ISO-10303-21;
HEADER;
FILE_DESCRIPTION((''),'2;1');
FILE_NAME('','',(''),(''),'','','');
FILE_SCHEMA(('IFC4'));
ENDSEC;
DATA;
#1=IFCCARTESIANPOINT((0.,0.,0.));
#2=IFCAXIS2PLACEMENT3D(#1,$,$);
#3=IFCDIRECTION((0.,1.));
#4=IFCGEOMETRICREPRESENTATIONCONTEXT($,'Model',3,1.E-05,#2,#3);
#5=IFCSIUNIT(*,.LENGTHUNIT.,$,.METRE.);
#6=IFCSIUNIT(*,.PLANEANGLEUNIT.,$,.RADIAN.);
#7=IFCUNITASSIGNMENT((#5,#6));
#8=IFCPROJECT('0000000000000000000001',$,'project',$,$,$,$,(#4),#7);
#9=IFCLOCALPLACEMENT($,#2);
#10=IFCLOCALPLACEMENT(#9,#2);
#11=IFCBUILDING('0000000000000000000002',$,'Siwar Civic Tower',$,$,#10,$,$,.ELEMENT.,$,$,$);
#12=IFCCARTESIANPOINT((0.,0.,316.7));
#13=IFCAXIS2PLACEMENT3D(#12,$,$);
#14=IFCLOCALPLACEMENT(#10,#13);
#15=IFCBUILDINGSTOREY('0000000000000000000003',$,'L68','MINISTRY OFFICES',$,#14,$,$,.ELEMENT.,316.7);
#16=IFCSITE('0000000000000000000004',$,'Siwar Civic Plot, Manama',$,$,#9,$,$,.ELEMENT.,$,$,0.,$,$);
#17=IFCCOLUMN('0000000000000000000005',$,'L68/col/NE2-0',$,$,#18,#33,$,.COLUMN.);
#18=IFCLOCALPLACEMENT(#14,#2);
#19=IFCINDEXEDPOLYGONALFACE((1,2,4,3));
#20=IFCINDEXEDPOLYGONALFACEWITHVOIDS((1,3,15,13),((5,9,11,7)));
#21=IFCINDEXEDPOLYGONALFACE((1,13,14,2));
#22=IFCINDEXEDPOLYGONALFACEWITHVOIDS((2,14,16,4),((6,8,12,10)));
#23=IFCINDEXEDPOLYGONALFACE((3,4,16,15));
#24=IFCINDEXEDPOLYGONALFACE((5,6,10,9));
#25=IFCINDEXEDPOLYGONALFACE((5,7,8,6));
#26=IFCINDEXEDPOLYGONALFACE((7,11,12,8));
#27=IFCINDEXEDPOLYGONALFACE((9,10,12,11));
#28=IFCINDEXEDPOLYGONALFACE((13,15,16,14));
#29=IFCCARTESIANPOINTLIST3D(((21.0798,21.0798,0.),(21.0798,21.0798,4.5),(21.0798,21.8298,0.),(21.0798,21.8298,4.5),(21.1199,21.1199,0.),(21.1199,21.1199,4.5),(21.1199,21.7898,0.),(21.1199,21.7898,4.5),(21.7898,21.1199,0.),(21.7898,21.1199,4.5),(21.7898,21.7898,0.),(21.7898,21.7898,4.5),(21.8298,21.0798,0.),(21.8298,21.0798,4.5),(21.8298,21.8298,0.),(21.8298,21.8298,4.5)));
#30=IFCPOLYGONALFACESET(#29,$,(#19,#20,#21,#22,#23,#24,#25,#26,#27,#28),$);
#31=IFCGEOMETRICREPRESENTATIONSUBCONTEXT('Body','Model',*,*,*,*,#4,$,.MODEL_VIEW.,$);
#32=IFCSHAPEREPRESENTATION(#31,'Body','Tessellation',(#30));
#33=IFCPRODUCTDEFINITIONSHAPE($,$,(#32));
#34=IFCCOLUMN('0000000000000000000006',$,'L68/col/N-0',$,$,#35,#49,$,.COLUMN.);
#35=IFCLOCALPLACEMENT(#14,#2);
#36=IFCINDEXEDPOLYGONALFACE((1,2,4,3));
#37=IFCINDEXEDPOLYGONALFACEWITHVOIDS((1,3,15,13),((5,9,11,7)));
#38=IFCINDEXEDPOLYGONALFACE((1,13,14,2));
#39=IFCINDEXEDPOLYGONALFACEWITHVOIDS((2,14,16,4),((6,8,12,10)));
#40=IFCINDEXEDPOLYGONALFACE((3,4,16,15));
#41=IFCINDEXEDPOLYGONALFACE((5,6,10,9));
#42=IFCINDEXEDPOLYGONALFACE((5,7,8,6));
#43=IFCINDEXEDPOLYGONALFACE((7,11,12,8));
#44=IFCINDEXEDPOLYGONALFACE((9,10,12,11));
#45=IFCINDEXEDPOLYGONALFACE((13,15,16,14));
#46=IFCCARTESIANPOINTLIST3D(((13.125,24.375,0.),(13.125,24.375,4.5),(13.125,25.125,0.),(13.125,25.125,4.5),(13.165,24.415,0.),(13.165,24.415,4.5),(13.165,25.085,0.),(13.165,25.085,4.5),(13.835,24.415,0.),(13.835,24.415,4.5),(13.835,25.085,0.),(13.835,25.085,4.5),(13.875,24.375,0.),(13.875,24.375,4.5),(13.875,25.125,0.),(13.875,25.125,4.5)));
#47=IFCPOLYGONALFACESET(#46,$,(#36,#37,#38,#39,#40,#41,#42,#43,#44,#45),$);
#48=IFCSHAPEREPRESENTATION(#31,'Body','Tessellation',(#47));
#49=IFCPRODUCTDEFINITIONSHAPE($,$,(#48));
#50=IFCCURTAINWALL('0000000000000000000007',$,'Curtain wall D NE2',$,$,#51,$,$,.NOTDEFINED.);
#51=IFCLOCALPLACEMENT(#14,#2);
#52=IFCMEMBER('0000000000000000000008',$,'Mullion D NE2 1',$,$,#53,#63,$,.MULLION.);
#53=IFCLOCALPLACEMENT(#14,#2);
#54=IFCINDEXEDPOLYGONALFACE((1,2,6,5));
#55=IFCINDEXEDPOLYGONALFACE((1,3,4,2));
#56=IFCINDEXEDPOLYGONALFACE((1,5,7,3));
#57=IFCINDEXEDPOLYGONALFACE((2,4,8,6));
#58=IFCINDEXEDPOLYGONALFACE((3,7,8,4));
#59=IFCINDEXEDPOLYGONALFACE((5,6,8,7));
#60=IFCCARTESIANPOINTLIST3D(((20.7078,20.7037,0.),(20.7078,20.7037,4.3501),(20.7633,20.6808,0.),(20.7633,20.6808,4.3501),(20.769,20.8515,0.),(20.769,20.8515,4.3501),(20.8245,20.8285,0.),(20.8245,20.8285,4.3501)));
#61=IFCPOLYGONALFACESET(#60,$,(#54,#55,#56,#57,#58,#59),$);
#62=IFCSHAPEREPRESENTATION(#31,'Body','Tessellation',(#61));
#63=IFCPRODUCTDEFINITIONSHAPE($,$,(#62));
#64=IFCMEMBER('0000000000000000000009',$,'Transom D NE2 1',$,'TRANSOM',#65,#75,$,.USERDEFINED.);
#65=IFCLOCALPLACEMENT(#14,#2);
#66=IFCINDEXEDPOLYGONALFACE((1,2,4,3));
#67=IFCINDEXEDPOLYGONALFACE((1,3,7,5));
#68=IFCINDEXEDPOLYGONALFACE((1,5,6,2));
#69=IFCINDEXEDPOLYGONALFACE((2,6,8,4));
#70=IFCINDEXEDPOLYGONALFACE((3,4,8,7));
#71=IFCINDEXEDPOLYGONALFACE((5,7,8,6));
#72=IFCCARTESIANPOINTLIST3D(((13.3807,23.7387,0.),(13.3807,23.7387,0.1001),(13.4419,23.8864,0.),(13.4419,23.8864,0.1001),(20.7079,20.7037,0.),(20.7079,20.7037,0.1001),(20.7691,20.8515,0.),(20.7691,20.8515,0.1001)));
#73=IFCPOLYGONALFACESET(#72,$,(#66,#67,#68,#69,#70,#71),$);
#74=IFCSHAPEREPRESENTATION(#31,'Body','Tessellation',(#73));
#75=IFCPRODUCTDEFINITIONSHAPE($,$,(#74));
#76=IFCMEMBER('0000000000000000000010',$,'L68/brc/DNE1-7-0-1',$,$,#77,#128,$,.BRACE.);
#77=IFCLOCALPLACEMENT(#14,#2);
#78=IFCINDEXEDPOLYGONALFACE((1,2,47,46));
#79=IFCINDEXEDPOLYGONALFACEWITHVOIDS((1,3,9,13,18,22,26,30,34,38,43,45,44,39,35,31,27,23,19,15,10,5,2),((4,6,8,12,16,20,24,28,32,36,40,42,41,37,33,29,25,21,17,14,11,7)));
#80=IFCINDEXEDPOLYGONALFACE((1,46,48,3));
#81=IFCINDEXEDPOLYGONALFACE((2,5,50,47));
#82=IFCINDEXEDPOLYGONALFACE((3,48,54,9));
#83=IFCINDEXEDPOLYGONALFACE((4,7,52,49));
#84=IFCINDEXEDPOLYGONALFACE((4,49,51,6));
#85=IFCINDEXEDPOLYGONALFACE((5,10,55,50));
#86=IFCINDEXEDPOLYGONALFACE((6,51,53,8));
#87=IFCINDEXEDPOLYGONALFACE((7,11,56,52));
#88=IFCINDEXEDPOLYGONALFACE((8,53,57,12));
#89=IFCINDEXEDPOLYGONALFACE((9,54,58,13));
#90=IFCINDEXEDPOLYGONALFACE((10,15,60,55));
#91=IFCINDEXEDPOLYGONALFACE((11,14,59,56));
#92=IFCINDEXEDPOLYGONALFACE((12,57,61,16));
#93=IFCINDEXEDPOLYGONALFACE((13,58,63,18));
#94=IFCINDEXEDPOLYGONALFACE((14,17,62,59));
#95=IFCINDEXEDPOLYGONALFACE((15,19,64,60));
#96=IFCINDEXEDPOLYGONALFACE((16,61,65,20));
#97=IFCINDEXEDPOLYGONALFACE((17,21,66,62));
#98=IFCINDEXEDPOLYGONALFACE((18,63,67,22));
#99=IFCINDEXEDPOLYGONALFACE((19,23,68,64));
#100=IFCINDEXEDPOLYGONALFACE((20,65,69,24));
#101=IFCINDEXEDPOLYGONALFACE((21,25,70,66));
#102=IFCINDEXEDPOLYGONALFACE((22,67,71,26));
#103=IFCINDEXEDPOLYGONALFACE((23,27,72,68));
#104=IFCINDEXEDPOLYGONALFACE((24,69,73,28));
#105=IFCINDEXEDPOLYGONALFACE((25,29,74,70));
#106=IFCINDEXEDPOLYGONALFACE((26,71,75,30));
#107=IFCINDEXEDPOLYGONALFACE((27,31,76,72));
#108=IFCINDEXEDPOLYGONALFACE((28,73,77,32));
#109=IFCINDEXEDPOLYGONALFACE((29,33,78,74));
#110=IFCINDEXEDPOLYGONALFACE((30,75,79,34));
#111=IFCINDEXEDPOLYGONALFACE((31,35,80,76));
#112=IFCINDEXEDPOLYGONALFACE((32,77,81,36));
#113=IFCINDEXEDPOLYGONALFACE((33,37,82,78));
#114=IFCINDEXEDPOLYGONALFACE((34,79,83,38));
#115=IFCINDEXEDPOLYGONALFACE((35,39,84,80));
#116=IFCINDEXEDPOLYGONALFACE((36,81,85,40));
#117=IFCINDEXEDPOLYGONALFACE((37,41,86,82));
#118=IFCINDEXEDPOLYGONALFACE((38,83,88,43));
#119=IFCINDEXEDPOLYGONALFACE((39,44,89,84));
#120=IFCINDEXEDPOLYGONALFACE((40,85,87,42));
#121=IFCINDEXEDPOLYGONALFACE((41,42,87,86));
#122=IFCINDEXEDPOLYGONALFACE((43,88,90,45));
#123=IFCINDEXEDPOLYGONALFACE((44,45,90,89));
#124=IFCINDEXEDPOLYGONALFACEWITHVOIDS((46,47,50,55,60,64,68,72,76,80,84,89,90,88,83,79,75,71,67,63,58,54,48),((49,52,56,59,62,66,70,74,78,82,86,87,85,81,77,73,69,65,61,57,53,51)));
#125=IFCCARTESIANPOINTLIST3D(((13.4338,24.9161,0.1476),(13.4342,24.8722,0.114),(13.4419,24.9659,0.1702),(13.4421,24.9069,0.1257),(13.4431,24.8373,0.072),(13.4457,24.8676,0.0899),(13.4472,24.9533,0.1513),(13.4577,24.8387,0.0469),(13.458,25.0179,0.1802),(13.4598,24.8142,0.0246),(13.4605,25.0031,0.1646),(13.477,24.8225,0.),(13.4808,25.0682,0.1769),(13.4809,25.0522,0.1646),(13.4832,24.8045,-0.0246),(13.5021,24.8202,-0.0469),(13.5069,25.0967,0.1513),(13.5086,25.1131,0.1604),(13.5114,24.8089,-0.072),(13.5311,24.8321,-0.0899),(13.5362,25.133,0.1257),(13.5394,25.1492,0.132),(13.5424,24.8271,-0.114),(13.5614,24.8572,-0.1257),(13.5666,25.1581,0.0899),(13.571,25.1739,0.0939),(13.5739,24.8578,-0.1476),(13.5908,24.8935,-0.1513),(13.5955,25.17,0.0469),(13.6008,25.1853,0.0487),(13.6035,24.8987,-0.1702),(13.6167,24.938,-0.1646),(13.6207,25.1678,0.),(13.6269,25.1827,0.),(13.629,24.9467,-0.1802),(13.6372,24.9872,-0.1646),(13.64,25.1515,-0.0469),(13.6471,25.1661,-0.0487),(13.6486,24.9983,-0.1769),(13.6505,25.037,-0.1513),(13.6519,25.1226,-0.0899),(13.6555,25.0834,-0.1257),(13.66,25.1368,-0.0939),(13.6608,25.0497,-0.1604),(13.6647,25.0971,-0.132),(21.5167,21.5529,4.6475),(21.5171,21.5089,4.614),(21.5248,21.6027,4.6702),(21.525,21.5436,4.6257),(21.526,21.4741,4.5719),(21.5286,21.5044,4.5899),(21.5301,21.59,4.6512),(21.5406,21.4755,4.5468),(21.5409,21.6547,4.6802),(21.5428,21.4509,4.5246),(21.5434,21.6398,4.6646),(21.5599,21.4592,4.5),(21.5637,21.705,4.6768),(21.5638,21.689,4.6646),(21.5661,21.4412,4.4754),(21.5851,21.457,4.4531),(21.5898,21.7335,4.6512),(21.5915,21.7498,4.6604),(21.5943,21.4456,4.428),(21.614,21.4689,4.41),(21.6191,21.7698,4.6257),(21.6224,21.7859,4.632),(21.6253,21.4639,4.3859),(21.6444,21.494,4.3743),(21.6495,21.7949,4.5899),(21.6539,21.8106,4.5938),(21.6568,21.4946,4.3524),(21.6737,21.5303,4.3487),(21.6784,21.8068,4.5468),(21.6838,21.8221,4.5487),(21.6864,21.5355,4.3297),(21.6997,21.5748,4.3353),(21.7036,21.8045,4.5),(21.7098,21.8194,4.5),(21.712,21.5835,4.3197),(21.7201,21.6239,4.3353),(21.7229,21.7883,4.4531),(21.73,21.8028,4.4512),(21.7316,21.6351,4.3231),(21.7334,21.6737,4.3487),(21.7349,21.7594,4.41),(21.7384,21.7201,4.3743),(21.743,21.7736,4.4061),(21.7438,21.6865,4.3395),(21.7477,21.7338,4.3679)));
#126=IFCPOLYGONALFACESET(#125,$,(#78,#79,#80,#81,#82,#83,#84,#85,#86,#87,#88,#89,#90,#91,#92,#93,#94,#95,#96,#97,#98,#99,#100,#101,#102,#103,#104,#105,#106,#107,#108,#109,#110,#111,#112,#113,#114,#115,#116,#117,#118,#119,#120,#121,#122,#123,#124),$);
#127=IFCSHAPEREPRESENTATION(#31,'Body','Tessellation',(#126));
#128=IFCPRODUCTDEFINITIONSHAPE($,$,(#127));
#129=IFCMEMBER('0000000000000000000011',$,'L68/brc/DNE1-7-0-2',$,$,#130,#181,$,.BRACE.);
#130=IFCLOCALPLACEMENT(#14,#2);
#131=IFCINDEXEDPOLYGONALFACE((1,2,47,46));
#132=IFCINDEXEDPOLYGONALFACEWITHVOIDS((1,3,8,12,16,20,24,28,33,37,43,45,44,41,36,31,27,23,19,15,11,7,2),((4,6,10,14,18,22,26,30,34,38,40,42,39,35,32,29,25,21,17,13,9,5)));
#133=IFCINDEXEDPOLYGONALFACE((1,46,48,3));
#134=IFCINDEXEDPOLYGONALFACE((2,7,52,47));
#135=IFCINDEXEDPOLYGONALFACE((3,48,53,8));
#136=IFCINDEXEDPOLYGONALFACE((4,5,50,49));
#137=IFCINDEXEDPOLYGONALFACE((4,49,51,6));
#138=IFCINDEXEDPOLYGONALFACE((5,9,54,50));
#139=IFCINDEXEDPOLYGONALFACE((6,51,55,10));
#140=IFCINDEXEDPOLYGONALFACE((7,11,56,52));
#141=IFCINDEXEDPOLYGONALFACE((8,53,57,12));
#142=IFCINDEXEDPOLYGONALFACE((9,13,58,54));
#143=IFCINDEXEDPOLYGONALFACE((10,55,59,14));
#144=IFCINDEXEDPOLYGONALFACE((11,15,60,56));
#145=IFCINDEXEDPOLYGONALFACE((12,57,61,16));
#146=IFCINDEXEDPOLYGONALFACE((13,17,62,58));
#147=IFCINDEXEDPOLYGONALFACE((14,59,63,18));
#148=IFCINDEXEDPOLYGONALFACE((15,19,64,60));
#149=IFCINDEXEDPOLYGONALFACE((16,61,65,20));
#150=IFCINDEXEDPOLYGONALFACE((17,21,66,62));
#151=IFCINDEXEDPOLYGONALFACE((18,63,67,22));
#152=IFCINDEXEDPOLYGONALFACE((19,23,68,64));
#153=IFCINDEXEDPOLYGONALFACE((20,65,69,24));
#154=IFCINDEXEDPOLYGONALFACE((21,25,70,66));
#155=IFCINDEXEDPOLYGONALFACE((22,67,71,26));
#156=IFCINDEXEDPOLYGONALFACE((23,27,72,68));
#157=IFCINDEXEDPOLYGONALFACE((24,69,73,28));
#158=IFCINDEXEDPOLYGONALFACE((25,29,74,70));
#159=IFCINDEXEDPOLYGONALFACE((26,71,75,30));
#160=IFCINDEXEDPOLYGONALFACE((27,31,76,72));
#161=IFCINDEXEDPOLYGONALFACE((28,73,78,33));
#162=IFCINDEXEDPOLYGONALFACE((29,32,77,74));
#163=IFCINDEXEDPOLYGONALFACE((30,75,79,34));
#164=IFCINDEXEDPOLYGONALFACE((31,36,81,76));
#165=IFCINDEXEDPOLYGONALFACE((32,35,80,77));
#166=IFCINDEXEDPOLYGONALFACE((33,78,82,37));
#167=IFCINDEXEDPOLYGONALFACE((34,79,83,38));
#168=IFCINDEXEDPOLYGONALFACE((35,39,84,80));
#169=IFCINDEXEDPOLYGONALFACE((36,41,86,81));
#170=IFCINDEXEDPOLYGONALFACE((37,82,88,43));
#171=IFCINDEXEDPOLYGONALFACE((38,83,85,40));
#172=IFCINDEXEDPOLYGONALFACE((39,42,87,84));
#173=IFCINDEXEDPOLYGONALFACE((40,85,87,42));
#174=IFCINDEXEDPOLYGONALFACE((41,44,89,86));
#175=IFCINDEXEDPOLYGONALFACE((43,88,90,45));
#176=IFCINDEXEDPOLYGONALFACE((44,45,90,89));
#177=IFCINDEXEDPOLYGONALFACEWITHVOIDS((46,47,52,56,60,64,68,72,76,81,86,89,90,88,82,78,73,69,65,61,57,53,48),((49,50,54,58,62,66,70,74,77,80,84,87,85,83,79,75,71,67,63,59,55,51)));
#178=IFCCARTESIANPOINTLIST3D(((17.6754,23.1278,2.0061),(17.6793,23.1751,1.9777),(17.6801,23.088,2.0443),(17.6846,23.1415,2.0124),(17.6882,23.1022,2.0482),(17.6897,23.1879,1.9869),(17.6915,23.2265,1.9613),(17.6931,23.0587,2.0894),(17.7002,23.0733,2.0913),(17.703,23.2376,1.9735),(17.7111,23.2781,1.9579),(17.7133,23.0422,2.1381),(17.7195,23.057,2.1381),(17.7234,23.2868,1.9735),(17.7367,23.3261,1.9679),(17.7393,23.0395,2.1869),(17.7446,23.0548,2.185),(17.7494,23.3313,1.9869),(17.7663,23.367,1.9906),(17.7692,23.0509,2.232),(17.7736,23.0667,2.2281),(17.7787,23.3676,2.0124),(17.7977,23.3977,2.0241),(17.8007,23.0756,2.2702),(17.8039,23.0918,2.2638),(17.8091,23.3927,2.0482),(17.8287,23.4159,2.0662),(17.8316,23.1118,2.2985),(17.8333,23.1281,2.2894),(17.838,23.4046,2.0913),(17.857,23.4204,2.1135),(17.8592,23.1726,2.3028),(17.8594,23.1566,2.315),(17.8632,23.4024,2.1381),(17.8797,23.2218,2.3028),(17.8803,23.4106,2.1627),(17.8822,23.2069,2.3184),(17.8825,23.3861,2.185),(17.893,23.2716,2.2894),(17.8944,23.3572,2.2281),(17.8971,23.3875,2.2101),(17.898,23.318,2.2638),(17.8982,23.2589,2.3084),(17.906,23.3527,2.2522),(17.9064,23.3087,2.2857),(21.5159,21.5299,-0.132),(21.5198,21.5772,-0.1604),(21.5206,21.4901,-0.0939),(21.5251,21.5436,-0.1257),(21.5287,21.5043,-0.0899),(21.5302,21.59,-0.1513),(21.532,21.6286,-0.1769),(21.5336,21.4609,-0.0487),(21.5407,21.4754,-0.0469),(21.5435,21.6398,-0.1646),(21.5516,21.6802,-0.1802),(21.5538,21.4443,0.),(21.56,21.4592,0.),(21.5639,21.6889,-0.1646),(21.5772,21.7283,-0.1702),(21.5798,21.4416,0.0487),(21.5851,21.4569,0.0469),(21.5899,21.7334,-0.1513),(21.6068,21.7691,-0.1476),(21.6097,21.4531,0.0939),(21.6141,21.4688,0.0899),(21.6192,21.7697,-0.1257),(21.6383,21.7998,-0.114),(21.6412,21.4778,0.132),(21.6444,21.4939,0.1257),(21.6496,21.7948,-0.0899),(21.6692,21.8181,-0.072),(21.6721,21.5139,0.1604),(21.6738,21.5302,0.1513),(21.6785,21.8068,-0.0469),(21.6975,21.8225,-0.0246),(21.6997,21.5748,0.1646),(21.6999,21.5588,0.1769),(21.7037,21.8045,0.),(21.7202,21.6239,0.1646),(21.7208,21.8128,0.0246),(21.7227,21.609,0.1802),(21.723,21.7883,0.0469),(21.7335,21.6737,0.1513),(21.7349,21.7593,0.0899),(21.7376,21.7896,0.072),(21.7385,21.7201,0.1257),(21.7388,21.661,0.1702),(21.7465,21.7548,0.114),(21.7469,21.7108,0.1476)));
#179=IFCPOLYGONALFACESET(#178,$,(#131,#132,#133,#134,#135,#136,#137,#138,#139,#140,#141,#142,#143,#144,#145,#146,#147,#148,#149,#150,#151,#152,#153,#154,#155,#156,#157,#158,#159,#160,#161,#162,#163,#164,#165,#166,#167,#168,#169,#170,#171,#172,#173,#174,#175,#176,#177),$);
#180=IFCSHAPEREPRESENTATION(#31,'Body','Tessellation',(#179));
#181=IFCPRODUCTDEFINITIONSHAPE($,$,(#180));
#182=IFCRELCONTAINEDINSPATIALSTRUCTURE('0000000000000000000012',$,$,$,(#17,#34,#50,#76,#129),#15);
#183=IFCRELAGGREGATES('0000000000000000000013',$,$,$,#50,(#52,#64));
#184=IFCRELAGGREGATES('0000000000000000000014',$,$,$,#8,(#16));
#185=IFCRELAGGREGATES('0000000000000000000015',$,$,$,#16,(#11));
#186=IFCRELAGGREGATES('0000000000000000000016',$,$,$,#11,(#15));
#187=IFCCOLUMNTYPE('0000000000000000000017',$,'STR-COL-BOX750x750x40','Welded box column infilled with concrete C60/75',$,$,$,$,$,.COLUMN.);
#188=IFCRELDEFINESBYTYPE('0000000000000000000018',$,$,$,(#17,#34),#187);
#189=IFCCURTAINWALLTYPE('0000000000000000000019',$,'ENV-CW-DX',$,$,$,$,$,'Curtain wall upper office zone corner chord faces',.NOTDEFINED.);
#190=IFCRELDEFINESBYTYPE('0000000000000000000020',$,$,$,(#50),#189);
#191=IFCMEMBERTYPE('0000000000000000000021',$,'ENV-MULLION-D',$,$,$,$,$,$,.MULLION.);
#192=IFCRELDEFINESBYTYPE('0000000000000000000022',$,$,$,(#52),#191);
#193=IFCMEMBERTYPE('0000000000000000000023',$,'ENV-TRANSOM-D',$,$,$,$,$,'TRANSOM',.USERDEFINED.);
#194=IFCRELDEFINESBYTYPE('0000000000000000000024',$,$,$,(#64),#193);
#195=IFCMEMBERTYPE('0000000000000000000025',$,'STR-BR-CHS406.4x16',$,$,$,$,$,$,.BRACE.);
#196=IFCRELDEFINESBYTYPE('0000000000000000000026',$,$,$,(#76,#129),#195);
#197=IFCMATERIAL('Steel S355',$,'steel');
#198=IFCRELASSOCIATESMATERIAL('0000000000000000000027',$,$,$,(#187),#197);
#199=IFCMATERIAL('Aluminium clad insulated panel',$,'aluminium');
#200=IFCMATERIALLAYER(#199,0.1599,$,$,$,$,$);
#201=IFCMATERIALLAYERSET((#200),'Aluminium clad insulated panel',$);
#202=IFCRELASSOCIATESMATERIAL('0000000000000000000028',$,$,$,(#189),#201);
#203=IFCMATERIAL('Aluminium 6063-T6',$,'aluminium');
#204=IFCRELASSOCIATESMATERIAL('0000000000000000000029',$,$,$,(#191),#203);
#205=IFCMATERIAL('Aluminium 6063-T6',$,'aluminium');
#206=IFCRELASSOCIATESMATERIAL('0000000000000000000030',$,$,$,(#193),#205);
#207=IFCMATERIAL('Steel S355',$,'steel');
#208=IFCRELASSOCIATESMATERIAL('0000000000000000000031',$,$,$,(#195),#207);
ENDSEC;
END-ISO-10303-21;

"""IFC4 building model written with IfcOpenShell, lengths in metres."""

from ifc_helpers import new_model, si_unit, direction, frame, origin, origin_2d, place, context, subcontext, project, spatial, rectangle, hollow_rectangle, hollow_circle, extrude, material, layer, layer_set, material_profile, profile_set, type_object, element, aggregate, save


model = new_model("IFC4")

# Units and contexts
model_context = context("Model", 3, precision=1e-05, world=origin(), true_north=direction((0.0, 1.0)))
body_context = subcontext(model_context, "Body", "Model", "MODEL_VIEW")
ifc_project = project(units=[si_unit("LENGTHUNIT", "METRE"), si_unit("PLANEANGLEUNIT", "RADIAN")], contexts=[model_context])

# Site, building, storey
site_placement = place(None, origin())
site = spatial("IfcSite", under=ifc_project, at=site_placement, Name="Siwar Civic Plot, Manama", CompositionType="ELEMENT", RefElevation=0.0)
building_placement = place(site_placement, origin())
building = spatial("IfcBuilding", under=site, at=building_placement, Name="Siwar Civic Tower", CompositionType="ELEMENT")
storey_placement = place(building_placement, frame((0.0, 0.0, 316.7)))
storey = spatial("IfcBuildingStorey", under=building, at=storey_placement, Name="L68", Description="MINISTRY OFFICES", CompositionType="ELEMENT", Elevation=316.7)

# Columns
ifc_material_1 = material(Name="Steel S355", Category="steel")
ifc_material_profile_1 = material_profile(ifc_material_1, hollow_rectangle(XDim=0.75, YDim=0.75, WallThickness=0.04, at=origin_2d()), Name="BOX750x750x40")
ifc_profile_set_1 = profile_set([ifc_material_profile_1], Name="Steel S355")
column_type = type_object("IfcColumnType", Name="STR-COL-BOX750x750x40", Description="Welded box column infilled with concrete C60/75", PredefinedType="COLUMN", material=ifc_profile_set_1)
for number, where, z_axis, x_axis, name in (
    (1, (21.4548, 21.4548, 0.0), (0.0, 0.0, 1.0), (1.0, 0.0, 0.0), "L68/col/NE2-0"),
    (2, (13.5, 24.75, 0.0), (0.0, 0.0, 1.0), (1.0, 0.0, 0.0), "L68/col/N-0"),
):
    element("IfcColumn", number, at=place(storey_placement, frame(where, z_axis=z_axis, x_axis=x_axis)), inside=storey, type_object=column_type, Name=name, PredefinedType="COLUMN", context=body_context, shape_type="SweptSolid", body=[
        extrude(hollow_rectangle(XDim=0.75, YDim=0.75, WallThickness=0.04, at=origin_2d()), origin(), (0.0, 0.0, 1.0), 4.5),
    ])

# Curtain wall, members
ifc_material_2 = material(Name="Aluminium clad insulated panel", Category="aluminium")
ifc_layer_1 = layer(ifc_material_2, 0.1599)
ifc_layer_set_1 = layer_set([ifc_layer_1], Name="Aluminium clad insulated panel")
curtain_wall_type = type_object("IfcCurtainWallType", Name="ENV-CW-DX", ElementType="Curtain wall upper office zone corner chord faces", PredefinedType="NOTDEFINED", material=ifc_layer_set_1)
curtain_wall_1_placement = place(storey_placement, origin())
curtain_wall_1 = element("IfcCurtainWall", 3, at=curtain_wall_1_placement, inside=storey, type_object=curtain_wall_type, Name="Curtain wall D NE2", PredefinedType="NOTDEFINED")
ifc_material_3 = material(Name="Aluminium 6063-T6", Category="aluminium")
ifc_material_profile_2 = material_profile(ifc_material_3, rectangle(XDim=0.1599, YDim=0.0601, at=origin_2d()), Name="AL 160x60")
ifc_profile_set_2 = profile_set([ifc_material_profile_2], Name="Aluminium 6063-T6")
member_type_1 = type_object("IfcMemberType", Name="ENV-MULLION-D", PredefinedType="MULLION", material=ifc_profile_set_2)
member_1_placement = place(storey_placement, frame((20.7661, 20.7661, 0.0), z_axis=(0.0, 0.0, 1.0), x_axis=(-0.382683, -0.92388, 0.0)))
member_1 = element("IfcMember", 4, at=member_1_placement, type_object=member_type_1, Name="Mullion D NE2 1", PredefinedType="MULLION", context=body_context, shape_type="SweptSolid", body=[
    extrude(rectangle(XDim=0.1599, YDim=0.0601, at=origin_2d()), origin(), (0.0, 0.0, 1.0), 4.3501),
])
ifc_material_4 = material(Name="Aluminium 6063-T6", Category="aluminium")
ifc_material_profile_3 = material_profile(ifc_material_4, rectangle(XDim=0.1599, YDim=0.1001, at=origin_2d()), Name="AL 160x100")
ifc_profile_set_3 = profile_set([ifc_material_profile_3], Name="Aluminium 6063-T6")
member_type_2 = type_object("IfcMemberType", Name="ENV-TRANSOM-D", ElementType="TRANSOM", PredefinedType="USERDEFINED", material=ifc_profile_set_3)
member_2_placement = place(storey_placement, frame((20.7385, 20.7776, 0.05), z_axis=(-0.923884, 0.382674, 0.0), x_axis=(-0.382674, -0.923884, 0.0)))
member_2 = element("IfcMember", 5, at=member_2_placement, type_object=member_type_2, Name="Transom D NE2 1", ObjectType="TRANSOM", PredefinedType="USERDEFINED", context=body_context, shape_type="SweptSolid", body=[
    extrude(rectangle(XDim=0.1599, YDim=0.1001, at=origin_2d()), origin(), (0.0, 0.0, 1.0), 7.9309),
])

# Members
ifc_material_5 = material(Name="Steel S355", Category="steel")
ifc_material_profile_4 = material_profile(ifc_material_5, hollow_circle(Radius=0.2031, WallThickness=0.0161, at=origin_2d()), Name="CHS406.4x16")
ifc_profile_set_4 = profile_set([ifc_material_profile_4], Name="Steel S355")
member_type_3 = type_object("IfcMemberType", Name="STR-BR-CHS406.4x16", PredefinedType="BRACE", material=ifc_profile_set_4)
member_3_placement = place(storey_placement, frame((13.5488, 24.9951, 0.0), z_axis=(0.821143, -0.341671, 0.457149), x_axis=(0.384164, 0.923265, 0.0)))
element("IfcMember", 6, at=member_3_placement, inside=storey, type_object=member_type_3, Name="L68/brc/DNE1-7-0-1", PredefinedType="BRACE", context=body_context, shape_type="SweptSolid", body=[
    extrude(hollow_circle(Radius=0.2031, WallThickness=0.0161, at=origin_2d()), origin(), (0.0, 0.0, 1.0), 9.8435),
])
member_4_placement = place(storey_placement, frame((21.6318, 21.6318, 0.0), z_axis=(-0.821147, 0.341644, 0.457161), x_axis=(-0.384136, -0.923276, 0.0)))
element("IfcMember", 7, at=member_4_placement, inside=storey, type_object=member_type_3, Name="L68/brc/DNE1-7-0-2", PredefinedType="BRACE", context=body_context, shape_type="SweptSolid", body=[
    extrude(hollow_circle(Radius=0.2031, WallThickness=0.0161, at=origin_2d()), origin(), (0.0, 0.0, 1.0), 4.677),
])

aggregate(curtain_wall_1, [member_1, member_2])

save(model, "model.ifc")
